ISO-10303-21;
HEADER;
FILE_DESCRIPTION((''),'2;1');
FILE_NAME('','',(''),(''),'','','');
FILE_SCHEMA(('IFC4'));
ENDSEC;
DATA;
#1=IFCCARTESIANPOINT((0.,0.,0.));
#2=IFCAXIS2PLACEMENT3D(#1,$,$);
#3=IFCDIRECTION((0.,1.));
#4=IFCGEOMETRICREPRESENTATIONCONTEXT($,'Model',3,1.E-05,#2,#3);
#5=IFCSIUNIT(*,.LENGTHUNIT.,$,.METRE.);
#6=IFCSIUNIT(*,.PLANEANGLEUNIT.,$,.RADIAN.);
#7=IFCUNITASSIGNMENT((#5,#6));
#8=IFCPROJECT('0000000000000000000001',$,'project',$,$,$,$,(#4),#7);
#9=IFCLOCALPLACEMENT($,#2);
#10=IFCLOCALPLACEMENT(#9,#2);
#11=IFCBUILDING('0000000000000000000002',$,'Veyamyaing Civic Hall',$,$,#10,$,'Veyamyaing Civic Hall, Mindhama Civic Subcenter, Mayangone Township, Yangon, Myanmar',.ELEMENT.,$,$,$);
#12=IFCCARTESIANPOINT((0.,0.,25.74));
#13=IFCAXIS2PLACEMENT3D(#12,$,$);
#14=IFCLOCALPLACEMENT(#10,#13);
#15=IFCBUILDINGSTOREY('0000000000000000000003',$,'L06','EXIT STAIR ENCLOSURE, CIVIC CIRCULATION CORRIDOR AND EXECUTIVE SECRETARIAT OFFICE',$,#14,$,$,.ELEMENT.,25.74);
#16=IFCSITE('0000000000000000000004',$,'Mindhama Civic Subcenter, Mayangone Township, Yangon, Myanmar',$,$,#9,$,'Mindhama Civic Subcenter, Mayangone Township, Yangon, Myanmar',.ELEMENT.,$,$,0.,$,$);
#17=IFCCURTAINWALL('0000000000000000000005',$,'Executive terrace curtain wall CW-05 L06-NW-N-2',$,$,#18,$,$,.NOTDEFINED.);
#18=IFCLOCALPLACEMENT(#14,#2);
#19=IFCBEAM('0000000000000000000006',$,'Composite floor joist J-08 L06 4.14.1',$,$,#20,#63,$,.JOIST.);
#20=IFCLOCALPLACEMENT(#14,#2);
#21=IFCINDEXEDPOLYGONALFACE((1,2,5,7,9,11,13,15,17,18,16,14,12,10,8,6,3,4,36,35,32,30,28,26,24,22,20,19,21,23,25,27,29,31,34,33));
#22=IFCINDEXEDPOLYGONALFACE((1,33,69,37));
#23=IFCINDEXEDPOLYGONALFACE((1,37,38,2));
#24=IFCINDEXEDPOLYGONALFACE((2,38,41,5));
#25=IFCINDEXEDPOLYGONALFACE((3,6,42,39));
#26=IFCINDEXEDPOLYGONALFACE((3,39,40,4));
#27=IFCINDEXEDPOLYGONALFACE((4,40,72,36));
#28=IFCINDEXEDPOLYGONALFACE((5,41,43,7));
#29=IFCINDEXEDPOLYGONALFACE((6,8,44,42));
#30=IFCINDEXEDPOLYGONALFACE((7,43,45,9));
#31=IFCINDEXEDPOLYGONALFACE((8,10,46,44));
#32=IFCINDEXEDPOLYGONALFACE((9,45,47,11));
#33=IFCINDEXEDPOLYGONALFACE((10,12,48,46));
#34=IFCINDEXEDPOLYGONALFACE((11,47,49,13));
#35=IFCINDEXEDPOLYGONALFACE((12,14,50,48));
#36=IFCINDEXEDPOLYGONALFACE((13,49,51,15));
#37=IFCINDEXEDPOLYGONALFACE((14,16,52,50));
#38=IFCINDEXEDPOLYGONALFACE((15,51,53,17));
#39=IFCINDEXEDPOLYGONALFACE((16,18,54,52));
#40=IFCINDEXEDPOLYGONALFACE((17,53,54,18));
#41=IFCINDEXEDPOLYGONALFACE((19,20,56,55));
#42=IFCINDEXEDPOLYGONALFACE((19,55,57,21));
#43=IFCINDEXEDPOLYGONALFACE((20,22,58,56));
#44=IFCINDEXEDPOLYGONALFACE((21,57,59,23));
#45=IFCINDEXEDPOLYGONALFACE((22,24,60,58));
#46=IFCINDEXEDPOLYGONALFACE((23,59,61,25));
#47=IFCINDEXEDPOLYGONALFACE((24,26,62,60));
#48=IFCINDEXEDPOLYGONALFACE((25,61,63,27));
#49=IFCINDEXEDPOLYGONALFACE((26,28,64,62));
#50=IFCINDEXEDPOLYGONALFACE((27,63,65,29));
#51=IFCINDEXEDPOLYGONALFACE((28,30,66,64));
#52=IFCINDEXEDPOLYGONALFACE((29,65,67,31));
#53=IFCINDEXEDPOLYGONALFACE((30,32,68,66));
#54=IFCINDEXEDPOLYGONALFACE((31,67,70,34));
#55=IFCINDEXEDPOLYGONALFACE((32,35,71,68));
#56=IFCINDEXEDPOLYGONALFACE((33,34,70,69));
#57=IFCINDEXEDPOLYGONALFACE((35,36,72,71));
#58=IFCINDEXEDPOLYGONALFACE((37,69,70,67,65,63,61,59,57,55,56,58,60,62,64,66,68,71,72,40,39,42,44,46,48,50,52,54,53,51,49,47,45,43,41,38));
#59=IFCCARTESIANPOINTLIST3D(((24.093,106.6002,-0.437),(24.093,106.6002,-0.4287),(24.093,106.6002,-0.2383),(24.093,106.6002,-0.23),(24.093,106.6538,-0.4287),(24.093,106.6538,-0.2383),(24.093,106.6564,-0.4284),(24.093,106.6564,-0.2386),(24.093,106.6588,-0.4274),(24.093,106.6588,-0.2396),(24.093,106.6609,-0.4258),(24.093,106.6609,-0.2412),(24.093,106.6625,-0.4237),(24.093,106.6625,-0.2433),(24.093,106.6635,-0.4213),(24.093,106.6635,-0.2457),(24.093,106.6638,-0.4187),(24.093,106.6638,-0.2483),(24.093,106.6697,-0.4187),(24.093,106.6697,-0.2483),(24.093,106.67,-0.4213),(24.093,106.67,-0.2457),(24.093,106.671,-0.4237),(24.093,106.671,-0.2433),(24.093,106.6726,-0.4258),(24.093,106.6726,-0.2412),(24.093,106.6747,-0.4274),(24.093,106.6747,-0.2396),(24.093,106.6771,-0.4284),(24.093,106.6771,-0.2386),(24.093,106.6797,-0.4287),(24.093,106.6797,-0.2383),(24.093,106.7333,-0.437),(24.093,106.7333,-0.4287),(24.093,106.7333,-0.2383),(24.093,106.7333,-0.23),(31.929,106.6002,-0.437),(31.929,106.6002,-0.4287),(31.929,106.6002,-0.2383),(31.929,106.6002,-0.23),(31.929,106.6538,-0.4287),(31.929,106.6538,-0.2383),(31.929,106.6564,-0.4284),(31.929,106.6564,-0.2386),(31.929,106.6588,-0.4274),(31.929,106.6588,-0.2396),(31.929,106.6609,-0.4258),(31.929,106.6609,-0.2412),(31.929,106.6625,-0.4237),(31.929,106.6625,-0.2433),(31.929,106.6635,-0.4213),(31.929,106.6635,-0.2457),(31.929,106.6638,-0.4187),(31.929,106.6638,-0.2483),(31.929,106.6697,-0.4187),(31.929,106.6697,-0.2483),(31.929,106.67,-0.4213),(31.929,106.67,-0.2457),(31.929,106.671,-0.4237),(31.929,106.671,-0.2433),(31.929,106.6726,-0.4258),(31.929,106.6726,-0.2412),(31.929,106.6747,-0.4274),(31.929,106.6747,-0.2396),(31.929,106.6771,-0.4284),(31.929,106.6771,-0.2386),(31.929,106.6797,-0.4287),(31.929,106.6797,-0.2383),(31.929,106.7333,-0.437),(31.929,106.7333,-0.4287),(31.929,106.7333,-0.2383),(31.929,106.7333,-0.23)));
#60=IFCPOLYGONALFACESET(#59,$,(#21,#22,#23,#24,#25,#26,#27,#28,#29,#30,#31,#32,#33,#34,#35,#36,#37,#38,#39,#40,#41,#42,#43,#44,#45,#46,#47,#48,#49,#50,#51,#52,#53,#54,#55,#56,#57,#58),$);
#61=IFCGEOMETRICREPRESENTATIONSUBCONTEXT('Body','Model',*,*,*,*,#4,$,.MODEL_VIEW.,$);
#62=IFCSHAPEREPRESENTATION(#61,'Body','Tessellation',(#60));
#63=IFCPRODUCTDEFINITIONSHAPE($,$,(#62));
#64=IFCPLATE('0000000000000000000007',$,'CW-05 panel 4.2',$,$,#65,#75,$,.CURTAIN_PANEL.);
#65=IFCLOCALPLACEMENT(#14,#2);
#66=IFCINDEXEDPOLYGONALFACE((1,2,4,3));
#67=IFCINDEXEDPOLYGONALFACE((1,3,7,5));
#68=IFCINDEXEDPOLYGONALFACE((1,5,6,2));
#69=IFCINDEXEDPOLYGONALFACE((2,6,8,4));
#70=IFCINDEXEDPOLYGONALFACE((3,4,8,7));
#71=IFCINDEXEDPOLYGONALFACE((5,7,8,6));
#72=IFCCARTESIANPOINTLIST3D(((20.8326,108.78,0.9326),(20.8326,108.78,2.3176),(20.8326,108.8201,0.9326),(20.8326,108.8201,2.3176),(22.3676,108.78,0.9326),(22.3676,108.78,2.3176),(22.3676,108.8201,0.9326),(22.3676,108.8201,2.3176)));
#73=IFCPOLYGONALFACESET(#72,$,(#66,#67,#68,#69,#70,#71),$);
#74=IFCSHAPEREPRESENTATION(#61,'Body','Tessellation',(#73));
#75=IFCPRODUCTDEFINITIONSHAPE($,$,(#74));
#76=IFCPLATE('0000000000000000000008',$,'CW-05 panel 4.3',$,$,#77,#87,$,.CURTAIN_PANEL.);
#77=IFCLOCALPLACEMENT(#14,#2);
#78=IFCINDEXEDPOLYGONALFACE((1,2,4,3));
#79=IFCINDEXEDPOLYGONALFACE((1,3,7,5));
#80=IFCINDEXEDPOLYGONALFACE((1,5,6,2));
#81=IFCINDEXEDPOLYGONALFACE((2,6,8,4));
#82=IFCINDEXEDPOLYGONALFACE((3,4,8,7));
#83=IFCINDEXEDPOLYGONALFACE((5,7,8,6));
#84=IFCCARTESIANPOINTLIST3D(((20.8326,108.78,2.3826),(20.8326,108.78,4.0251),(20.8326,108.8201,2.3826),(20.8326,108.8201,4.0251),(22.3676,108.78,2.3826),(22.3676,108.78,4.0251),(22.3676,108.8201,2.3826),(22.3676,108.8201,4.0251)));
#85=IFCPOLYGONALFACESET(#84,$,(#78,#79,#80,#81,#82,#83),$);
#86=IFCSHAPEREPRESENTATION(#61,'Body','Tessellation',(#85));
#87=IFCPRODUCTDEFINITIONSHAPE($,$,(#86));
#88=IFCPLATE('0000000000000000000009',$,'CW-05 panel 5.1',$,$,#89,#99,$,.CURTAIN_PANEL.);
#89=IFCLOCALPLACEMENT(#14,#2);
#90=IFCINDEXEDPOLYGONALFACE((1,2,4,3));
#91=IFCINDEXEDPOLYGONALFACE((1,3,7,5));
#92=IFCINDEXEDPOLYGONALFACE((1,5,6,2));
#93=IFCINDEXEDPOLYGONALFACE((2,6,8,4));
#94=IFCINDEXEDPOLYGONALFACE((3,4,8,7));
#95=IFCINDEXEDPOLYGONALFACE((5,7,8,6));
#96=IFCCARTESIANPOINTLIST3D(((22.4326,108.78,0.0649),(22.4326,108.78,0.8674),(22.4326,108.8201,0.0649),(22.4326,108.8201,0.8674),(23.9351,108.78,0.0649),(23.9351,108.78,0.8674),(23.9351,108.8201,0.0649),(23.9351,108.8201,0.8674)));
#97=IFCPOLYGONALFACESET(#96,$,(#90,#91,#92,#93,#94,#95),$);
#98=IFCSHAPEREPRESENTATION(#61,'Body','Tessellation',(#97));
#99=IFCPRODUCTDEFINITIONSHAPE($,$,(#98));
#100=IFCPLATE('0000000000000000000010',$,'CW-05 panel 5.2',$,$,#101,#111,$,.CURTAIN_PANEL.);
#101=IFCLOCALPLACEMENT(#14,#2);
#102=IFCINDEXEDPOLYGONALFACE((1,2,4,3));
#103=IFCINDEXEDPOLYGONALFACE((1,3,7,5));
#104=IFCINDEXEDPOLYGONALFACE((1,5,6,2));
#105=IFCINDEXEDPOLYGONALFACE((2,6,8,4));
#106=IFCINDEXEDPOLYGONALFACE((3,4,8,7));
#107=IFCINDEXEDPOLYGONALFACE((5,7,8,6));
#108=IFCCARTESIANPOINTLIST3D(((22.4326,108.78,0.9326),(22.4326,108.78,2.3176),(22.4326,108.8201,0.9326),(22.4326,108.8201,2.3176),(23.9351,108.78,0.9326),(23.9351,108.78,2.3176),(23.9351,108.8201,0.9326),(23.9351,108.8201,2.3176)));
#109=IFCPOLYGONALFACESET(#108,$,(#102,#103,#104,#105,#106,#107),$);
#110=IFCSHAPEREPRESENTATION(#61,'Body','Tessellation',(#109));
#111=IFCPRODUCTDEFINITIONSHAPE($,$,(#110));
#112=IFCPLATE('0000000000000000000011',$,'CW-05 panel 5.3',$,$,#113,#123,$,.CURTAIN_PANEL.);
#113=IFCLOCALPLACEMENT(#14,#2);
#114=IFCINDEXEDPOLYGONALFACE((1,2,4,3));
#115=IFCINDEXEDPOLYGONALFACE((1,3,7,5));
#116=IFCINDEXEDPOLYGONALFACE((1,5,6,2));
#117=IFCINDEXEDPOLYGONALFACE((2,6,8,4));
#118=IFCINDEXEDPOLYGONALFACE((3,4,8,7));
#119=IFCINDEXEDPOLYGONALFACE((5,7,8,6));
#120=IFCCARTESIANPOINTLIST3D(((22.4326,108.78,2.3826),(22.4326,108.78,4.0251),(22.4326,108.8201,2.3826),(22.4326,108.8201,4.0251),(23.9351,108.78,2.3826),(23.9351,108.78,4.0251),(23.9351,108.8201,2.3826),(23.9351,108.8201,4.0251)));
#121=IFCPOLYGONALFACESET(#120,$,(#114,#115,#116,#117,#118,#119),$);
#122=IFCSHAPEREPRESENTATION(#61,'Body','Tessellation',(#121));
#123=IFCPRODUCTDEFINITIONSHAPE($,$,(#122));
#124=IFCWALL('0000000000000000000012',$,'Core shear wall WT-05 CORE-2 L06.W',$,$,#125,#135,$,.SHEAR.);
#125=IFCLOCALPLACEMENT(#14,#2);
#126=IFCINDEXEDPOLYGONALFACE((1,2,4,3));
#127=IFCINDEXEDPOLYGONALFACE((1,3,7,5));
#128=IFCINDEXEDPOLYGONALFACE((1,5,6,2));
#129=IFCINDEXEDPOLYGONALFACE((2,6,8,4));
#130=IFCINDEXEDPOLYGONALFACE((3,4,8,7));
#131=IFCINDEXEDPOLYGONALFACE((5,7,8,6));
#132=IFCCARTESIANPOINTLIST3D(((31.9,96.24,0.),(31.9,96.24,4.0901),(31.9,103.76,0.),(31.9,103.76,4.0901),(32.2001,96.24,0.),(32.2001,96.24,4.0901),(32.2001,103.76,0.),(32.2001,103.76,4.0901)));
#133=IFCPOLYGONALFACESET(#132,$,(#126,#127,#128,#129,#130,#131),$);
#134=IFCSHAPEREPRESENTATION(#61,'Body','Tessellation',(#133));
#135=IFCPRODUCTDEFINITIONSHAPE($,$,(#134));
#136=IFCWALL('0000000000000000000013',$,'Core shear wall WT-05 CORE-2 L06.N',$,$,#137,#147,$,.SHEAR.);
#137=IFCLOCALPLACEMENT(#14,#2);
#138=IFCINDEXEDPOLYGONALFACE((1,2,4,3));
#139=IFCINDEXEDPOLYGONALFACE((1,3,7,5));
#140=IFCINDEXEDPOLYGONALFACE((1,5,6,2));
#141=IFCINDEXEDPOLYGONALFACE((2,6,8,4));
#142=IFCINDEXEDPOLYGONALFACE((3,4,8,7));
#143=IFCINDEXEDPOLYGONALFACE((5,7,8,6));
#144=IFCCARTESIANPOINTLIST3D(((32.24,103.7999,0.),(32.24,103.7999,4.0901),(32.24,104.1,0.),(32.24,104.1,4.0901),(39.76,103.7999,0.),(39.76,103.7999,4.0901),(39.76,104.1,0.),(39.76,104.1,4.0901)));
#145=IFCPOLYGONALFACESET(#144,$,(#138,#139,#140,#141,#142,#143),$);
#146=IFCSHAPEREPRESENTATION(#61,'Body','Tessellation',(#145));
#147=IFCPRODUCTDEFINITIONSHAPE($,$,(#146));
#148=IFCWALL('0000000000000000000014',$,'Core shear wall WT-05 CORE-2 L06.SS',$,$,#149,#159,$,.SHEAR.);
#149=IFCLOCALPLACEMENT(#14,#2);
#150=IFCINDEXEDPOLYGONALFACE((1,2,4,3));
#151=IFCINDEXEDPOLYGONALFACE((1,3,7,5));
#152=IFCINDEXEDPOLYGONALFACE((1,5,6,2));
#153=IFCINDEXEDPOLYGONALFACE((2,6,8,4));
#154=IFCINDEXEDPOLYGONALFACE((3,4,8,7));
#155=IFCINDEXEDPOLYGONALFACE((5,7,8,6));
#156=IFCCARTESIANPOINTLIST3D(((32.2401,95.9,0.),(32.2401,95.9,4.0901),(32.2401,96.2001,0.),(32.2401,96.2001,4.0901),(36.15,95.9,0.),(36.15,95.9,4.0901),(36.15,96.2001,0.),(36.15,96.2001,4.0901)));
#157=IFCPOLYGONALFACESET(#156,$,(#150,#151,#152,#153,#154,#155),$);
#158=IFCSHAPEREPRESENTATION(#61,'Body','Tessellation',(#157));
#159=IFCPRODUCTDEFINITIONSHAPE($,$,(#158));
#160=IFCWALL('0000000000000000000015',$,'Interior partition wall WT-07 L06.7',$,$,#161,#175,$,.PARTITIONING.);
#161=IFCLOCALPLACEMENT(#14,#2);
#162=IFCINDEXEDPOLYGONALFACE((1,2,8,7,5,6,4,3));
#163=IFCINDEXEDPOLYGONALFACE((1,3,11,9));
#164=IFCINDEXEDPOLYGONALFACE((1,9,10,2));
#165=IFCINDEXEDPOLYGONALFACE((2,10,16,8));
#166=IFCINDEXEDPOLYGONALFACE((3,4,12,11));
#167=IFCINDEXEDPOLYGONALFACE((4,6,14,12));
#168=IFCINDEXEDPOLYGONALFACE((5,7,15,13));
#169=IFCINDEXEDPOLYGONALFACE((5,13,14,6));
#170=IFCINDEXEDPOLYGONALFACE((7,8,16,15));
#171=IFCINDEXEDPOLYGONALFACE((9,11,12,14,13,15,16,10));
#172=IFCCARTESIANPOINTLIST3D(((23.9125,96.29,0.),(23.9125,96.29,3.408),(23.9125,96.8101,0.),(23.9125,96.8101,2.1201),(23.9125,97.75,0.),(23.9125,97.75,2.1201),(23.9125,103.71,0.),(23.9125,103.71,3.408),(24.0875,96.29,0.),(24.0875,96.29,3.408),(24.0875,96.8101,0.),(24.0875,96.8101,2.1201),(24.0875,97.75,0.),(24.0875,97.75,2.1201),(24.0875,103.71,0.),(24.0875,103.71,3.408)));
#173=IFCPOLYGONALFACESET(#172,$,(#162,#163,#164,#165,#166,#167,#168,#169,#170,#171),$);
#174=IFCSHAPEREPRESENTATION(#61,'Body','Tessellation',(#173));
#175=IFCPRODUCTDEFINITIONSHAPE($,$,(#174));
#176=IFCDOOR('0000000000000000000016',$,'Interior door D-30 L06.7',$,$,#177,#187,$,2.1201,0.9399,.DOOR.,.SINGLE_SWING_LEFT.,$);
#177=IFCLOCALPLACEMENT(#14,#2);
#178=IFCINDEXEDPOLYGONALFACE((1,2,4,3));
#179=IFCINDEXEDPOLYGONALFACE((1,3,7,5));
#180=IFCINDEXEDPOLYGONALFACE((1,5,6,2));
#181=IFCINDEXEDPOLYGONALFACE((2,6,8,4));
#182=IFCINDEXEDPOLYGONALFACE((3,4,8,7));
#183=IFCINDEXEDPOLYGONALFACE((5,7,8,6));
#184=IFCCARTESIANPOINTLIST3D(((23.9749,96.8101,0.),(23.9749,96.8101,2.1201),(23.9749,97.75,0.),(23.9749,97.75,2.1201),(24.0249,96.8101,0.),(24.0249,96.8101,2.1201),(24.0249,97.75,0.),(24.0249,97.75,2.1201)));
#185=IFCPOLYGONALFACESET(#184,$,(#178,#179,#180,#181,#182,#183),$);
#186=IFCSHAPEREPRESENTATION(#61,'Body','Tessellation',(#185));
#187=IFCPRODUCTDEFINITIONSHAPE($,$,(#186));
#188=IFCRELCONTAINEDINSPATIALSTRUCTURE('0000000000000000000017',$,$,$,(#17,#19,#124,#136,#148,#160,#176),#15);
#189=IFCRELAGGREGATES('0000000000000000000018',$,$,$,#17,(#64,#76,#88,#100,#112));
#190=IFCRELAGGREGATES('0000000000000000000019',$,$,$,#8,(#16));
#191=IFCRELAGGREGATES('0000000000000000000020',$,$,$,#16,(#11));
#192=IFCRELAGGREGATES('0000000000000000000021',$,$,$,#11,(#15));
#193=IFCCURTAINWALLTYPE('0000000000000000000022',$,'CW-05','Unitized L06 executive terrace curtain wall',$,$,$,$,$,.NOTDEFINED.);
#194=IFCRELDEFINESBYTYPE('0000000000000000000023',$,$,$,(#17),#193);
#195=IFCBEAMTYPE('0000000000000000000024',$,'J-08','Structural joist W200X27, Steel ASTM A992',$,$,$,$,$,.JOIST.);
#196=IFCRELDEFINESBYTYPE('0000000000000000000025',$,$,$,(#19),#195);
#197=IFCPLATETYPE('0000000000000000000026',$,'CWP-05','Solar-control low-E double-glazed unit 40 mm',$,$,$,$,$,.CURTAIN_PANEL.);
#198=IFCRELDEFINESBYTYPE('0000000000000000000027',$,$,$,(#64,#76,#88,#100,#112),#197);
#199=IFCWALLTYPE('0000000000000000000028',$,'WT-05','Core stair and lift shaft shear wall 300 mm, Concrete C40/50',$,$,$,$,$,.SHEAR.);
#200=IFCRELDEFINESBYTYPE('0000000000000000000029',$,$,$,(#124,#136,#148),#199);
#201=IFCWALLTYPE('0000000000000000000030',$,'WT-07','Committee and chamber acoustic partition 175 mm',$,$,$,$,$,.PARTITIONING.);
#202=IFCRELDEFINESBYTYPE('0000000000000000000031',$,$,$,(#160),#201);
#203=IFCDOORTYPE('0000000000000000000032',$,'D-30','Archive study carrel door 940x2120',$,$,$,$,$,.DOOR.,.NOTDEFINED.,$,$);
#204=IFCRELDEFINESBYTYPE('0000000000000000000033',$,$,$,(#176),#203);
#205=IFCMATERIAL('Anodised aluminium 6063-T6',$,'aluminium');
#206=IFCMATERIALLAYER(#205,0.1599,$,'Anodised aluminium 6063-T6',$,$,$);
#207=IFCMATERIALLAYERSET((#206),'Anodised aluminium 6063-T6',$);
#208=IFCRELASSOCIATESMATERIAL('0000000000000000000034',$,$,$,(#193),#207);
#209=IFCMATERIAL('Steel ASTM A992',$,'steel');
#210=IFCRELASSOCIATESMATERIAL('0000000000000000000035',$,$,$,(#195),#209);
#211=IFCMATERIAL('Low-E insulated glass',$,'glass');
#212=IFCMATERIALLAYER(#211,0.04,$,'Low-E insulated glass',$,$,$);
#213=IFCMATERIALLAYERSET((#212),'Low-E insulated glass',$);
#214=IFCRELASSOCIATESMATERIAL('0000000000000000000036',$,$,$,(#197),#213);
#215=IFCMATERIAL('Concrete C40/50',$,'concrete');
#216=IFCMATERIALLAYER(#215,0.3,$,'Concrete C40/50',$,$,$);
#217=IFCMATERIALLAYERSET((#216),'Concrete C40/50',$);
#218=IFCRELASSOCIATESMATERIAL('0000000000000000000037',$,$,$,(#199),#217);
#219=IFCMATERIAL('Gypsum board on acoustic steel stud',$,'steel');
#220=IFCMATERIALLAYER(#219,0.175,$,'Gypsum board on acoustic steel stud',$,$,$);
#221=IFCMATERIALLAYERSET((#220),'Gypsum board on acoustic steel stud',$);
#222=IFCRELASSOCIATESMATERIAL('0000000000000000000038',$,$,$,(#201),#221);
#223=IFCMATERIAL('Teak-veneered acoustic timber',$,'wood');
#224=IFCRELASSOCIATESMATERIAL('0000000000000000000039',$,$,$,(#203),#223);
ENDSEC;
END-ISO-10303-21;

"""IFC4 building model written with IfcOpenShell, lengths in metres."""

from ifc_helpers import new_model, si_unit, direction, frame, frame_2d, origin, origin_2d, place, context, subcontext, project, spatial, rectangle, i_section, extrude, material, layer, layer_set, material_profile, profile_set, type_object, element, fill, aggregate, save


model = new_model("IFC4")

# Units and contexts
model_context = context("Model", 3, precision=1e-05, world=origin(), true_north=direction((0.0, 1.0)))
body_context = subcontext(model_context, "Body", "Model", "MODEL_VIEW")
ifc_project = project(units=[si_unit("LENGTHUNIT", "METRE"), si_unit("PLANEANGLEUNIT", "RADIAN")], contexts=[model_context])

# Site, building, storey
site_placement = place(None, origin())
site = spatial("IfcSite", under=ifc_project, at=site_placement, Name="Mindhama Civic Subcenter, Mayangone Township, Yangon, Myanmar", LongName="Mindhama Civic Subcenter, Mayangone Township, Yangon, Myanmar", CompositionType="ELEMENT", RefElevation=0.0)
building_placement = place(site_placement, origin())
building = spatial("IfcBuilding", under=site, at=building_placement, Name="Veyamyaing Civic Hall", LongName="Veyamyaing Civic Hall, Mindhama Civic Subcenter, Mayangone Township, Yangon, Myanmar", CompositionType="ELEMENT")
storey_placement = place(building_placement, frame((0.0, 0.0, 25.74)))
storey = spatial("IfcBuildingStorey", under=building, at=storey_placement, Name="L06", Description="EXIT STAIR ENCLOSURE, CIVIC CIRCULATION CORRIDOR AND EXECUTIVE SECRETARIAT OFFICE", CompositionType="ELEMENT", Elevation=25.74)

# Shared definitions
ifc_material_1 = material(Name="Steel ASTM A992", Category="steel")

# Curtain wall
ifc_material_2 = material(Name="Anodised aluminium 6063-T6", Category="aluminium")
ifc_layer_1 = layer(ifc_material_2, 0.1599, Name="Anodised aluminium 6063-T6")
ifc_layer_set_1 = layer_set([ifc_layer_1], Name="Anodised aluminium 6063-T6")
curtain_wall_type = type_object("IfcCurtainWallType", Name="CW-05", Description="Unitized L06 executive terrace curtain wall", PredefinedType="NOTDEFINED", material=ifc_layer_set_1)
curtain_wall_placement = place(storey_placement, origin())
curtain_wall = element("IfcCurtainWall", 1, at=curtain_wall_placement, inside=storey, type_object=curtain_wall_type, Name="Executive terrace curtain wall CW-05 L06-NW-N-2", PredefinedType="NOTDEFINED")

# Beam
ifc_material_profile_1 = material_profile(ifc_material_1, i_section(OverallWidth=0.1331, OverallDepth=0.207, WebThickness=0.0059, FlangeThickness=0.0083, FilletRadius=0.01, at=origin_2d()), Name="W200X27")
ifc_profile_set_1 = profile_set([ifc_material_profile_1], Name="Steel ASTM A992")
beam_type_1 = type_object("IfcBeamType", Name="J-08", Description="Structural joist W200X27, Steel ASTM A992", PredefinedType="JOIST", material=ifc_profile_set_1)
beam_1_placement = place(storey_placement, frame((24.093, 106.6667, -0.3335), z_axis=(1.0, 0.0, 0.0), x_axis=(0.0, 1.0, 0.0)))
element("IfcBeam", 2, at=beam_1_placement, inside=storey, type_object=beam_type_1, Name="Composite floor joist J-08 L06 4.14.1", PredefinedType="JOIST", context=body_context, shape_type="SweptSolid", body=[
    extrude(i_section(OverallWidth=0.1331, OverallDepth=0.207, WebThickness=0.0059, FlangeThickness=0.0083, FilletRadius=0.01, at=origin_2d()), origin(), (0.0, 0.0, 1.0), 7.8359),
])

# Plates
ifc_material_3 = material(Name="Low-E insulated glass", Category="glass")
ifc_layer_2 = layer(ifc_material_3, 0.04, Name="Low-E insulated glass")
ifc_layer_set_2 = layer_set([ifc_layer_2], Name="Low-E insulated glass")
plate_type = type_object("IfcPlateType", Name="CWP-05", Description="Solar-control low-E double-glazed unit 40 mm", PredefinedType="CURTAIN_PANEL", material=ifc_layer_set_2)
plate_1_placement = place(storey_placement, frame((21.6001, 108.8, 0.9326), z_axis=(0.0, 0.0, 1.0), x_axis=(1.0, 0.0, 0.0)))
plate_1 = element("IfcPlate", 3, at=plate_1_placement, type_object=plate_type, Name="CW-05 panel 4.2", PredefinedType="CURTAIN_PANEL", context=body_context, shape_type="SweptSolid", body=[
    extrude(rectangle(XDim=1.5349, YDim=0.04, at=origin_2d()), origin(), (0.0, 0.0, 1.0), 1.385),
])
plate_2_placement = place(storey_placement, frame((21.6001, 108.8, 2.3826), z_axis=(0.0, 0.0, 1.0), x_axis=(1.0, 0.0, 0.0)))
plate_2 = element("IfcPlate", 4, at=plate_2_placement, type_object=plate_type, Name="CW-05 panel 4.3", PredefinedType="CURTAIN_PANEL", context=body_context, shape_type="SweptSolid", body=[
    extrude(rectangle(XDim=1.5349, YDim=0.04, at=origin_2d()), origin(), (0.0, 0.0, 1.0), 1.6426),
])
plate_3_placement = place(storey_placement, frame((23.1838, 108.8, 0.0649), z_axis=(0.0, 0.0, 1.0), x_axis=(1.0, 0.0, 0.0)))
plate_3 = element("IfcPlate", 5, at=plate_3_placement, type_object=plate_type, Name="CW-05 panel 5.1", PredefinedType="CURTAIN_PANEL", context=body_context, shape_type="SweptSolid", body=[
    extrude(rectangle(XDim=1.5024, YDim=0.04, at=origin_2d()), origin(), (0.0, 0.0, 1.0), 0.8025),
])
plate_4_placement = place(storey_placement, frame((23.1838, 108.8, 0.9326), z_axis=(0.0, 0.0, 1.0), x_axis=(1.0, 0.0, 0.0)))
plate_4 = element("IfcPlate", 6, at=plate_4_placement, type_object=plate_type, Name="CW-05 panel 5.2", PredefinedType="CURTAIN_PANEL", context=body_context, shape_type="SweptSolid", body=[
    extrude(rectangle(XDim=1.5024, YDim=0.04, at=origin_2d()), origin(), (0.0, 0.0, 1.0), 1.385),
])
plate_5_placement = place(storey_placement, frame((23.1838, 108.8, 2.3826), z_axis=(0.0, 0.0, 1.0), x_axis=(1.0, 0.0, 0.0)))
plate_5 = element("IfcPlate", 7, at=plate_5_placement, type_object=plate_type, Name="CW-05 panel 5.3", PredefinedType="CURTAIN_PANEL", context=body_context, shape_type="SweptSolid", body=[
    extrude(rectangle(XDim=1.5024, YDim=0.04, at=origin_2d()), origin(), (0.0, 0.0, 1.0), 1.6426),
])
aggregate(curtain_wall, [plate_1, plate_2, plate_3, plate_4, plate_5])

# Walls
ifc_material_4 = material(Name="Concrete C40/50", Category="concrete")
ifc_layer_3 = layer(ifc_material_4, 0.3, Name="Concrete C40/50")
ifc_layer_set_3 = layer_set([ifc_layer_3], Name="Concrete C40/50")
wall_type_1 = type_object("IfcWallType", Name="WT-05", Description="Core stair and lift shaft shear wall 300 mm, Concrete C40/50", PredefinedType="SHEAR", material=ifc_layer_set_3)
for number, where, z_axis, x_axis, name in (
    (8, (32.05, 96.24, 0.0), (0.0, 0.0, 1.0), (0.0, 1.0, 0.0), "Core shear wall WT-05 CORE-2 L06.W"),
    (9, (32.24, 103.95, 0.0), (0.0, 0.0, 1.0), (1.0, 0.0, 0.0), "Core shear wall WT-05 CORE-2 L06.N"),
):
    element("IfcWall", number, at=place(storey_placement, frame(where, z_axis=z_axis, x_axis=x_axis)), inside=storey, type_object=wall_type_1, Name=name, PredefinedType="SHEAR", context=body_context, shape_type="SweptSolid", body=[
        extrude(rectangle(XDim=7.52, YDim=0.3, at=frame_2d((3.76, 0.0))), origin(), (0.0, 0.0, 1.0), 4.0901),
    ])
wall_1_placement = place(storey_placement, frame((32.24, 96.05, 0.0), z_axis=(0.0, 0.0, 1.0), x_axis=(1.0, 0.0, 0.0)))
element("IfcWall", 10, at=wall_1_placement, inside=storey, type_object=wall_type_1, Name="Core shear wall WT-05 CORE-2 L06.SS", PredefinedType="SHEAR", context=body_context, shape_type="SweptSolid", body=[
    extrude(rectangle(XDim=3.9099, YDim=0.3, at=frame_2d((1.9551, 0.0))), origin(), (0.0, 0.0, 1.0), 4.0901),
])

# Wall, opening, door
ifc_material_5 = material(Name="Gypsum board on acoustic steel stud", Category="steel")
ifc_layer_4 = layer(ifc_material_5, 0.175, Name="Gypsum board on acoustic steel stud")
ifc_layer_set_4 = layer_set([ifc_layer_4], Name="Gypsum board on acoustic steel stud")
wall_type_2 = type_object("IfcWallType", Name="WT-07", Description="Committee and chamber acoustic partition 175 mm", PredefinedType="PARTITIONING", material=ifc_layer_set_4)
wall_2_placement = place(storey_placement, frame((24.0, 96.29, 0.0), z_axis=(0.0, 0.0, 1.0), x_axis=(0.0, 1.0, 0.0)))
wall_2 = element("IfcWall", 11, at=wall_2_placement, inside=storey, type_object=wall_type_2, Name="Interior partition wall WT-07 L06.7", PredefinedType="PARTITIONING", context=body_context, shape_type="SweptSolid", body=[
    extrude(rectangle(XDim=7.4199, YDim=0.175, at=frame_2d((3.71, 0.0))), origin(), (0.0, 0.0, 1.0), 3.408),
])
opening_placement = place(wall_2_placement, frame((0.52, 0.0, 0.0)))
opening = element("IfcOpeningElement", 12, at=opening_placement, cuts=wall_2, PredefinedType="OPENING", context=body_context, shape_type="SweptSolid", body=[
    extrude(rectangle(XDim=0.9399, YDim=2.1201, at=frame_2d((0.47, 1.0601))), frame((0.0, 0.0974, 0.0), z_axis=(0.0, -1.0, 0.0), x_axis=(1.0, 0.0, 0.0)), (0.0, 0.0, 1.0), 0.1951),
])
ifc_material_6 = material(Name="Teak-veneered acoustic timber", Category="wood")
door_type = type_object("IfcDoorType", Name="D-30", Description="Archive study carrel door 940x2120", OperationType="NOTDEFINED", PredefinedType="DOOR", material=ifc_material_6)
door_placement = place(opening_placement, frame((0.9399, 0.0, 0.0), z_axis=(0.0, 0.0, 1.0), x_axis=(-1.0, 0.0, 0.0)))
door = element("IfcDoor", 13, at=door_placement, inside=storey, type_object=door_type, Name="Interior door D-30 L06.7", OperationType="SINGLE_SWING_LEFT", OverallHeight=2.1201, OverallWidth=0.9399, PredefinedType="DOOR", context=body_context, shape_type="SweptSolid", body=[
    extrude(rectangle(XDim=0.9399, YDim=2.1201, at=frame_2d((0.47, 1.0601))), frame((0.0, 0.0249, 0.0), z_axis=(0.0, -1.0, 0.0), x_axis=(1.0, 0.0, 0.0)), (0.0, 0.0, 1.0), 0.05),
])
fill(opening, door)

save(model, "model.ifc")
